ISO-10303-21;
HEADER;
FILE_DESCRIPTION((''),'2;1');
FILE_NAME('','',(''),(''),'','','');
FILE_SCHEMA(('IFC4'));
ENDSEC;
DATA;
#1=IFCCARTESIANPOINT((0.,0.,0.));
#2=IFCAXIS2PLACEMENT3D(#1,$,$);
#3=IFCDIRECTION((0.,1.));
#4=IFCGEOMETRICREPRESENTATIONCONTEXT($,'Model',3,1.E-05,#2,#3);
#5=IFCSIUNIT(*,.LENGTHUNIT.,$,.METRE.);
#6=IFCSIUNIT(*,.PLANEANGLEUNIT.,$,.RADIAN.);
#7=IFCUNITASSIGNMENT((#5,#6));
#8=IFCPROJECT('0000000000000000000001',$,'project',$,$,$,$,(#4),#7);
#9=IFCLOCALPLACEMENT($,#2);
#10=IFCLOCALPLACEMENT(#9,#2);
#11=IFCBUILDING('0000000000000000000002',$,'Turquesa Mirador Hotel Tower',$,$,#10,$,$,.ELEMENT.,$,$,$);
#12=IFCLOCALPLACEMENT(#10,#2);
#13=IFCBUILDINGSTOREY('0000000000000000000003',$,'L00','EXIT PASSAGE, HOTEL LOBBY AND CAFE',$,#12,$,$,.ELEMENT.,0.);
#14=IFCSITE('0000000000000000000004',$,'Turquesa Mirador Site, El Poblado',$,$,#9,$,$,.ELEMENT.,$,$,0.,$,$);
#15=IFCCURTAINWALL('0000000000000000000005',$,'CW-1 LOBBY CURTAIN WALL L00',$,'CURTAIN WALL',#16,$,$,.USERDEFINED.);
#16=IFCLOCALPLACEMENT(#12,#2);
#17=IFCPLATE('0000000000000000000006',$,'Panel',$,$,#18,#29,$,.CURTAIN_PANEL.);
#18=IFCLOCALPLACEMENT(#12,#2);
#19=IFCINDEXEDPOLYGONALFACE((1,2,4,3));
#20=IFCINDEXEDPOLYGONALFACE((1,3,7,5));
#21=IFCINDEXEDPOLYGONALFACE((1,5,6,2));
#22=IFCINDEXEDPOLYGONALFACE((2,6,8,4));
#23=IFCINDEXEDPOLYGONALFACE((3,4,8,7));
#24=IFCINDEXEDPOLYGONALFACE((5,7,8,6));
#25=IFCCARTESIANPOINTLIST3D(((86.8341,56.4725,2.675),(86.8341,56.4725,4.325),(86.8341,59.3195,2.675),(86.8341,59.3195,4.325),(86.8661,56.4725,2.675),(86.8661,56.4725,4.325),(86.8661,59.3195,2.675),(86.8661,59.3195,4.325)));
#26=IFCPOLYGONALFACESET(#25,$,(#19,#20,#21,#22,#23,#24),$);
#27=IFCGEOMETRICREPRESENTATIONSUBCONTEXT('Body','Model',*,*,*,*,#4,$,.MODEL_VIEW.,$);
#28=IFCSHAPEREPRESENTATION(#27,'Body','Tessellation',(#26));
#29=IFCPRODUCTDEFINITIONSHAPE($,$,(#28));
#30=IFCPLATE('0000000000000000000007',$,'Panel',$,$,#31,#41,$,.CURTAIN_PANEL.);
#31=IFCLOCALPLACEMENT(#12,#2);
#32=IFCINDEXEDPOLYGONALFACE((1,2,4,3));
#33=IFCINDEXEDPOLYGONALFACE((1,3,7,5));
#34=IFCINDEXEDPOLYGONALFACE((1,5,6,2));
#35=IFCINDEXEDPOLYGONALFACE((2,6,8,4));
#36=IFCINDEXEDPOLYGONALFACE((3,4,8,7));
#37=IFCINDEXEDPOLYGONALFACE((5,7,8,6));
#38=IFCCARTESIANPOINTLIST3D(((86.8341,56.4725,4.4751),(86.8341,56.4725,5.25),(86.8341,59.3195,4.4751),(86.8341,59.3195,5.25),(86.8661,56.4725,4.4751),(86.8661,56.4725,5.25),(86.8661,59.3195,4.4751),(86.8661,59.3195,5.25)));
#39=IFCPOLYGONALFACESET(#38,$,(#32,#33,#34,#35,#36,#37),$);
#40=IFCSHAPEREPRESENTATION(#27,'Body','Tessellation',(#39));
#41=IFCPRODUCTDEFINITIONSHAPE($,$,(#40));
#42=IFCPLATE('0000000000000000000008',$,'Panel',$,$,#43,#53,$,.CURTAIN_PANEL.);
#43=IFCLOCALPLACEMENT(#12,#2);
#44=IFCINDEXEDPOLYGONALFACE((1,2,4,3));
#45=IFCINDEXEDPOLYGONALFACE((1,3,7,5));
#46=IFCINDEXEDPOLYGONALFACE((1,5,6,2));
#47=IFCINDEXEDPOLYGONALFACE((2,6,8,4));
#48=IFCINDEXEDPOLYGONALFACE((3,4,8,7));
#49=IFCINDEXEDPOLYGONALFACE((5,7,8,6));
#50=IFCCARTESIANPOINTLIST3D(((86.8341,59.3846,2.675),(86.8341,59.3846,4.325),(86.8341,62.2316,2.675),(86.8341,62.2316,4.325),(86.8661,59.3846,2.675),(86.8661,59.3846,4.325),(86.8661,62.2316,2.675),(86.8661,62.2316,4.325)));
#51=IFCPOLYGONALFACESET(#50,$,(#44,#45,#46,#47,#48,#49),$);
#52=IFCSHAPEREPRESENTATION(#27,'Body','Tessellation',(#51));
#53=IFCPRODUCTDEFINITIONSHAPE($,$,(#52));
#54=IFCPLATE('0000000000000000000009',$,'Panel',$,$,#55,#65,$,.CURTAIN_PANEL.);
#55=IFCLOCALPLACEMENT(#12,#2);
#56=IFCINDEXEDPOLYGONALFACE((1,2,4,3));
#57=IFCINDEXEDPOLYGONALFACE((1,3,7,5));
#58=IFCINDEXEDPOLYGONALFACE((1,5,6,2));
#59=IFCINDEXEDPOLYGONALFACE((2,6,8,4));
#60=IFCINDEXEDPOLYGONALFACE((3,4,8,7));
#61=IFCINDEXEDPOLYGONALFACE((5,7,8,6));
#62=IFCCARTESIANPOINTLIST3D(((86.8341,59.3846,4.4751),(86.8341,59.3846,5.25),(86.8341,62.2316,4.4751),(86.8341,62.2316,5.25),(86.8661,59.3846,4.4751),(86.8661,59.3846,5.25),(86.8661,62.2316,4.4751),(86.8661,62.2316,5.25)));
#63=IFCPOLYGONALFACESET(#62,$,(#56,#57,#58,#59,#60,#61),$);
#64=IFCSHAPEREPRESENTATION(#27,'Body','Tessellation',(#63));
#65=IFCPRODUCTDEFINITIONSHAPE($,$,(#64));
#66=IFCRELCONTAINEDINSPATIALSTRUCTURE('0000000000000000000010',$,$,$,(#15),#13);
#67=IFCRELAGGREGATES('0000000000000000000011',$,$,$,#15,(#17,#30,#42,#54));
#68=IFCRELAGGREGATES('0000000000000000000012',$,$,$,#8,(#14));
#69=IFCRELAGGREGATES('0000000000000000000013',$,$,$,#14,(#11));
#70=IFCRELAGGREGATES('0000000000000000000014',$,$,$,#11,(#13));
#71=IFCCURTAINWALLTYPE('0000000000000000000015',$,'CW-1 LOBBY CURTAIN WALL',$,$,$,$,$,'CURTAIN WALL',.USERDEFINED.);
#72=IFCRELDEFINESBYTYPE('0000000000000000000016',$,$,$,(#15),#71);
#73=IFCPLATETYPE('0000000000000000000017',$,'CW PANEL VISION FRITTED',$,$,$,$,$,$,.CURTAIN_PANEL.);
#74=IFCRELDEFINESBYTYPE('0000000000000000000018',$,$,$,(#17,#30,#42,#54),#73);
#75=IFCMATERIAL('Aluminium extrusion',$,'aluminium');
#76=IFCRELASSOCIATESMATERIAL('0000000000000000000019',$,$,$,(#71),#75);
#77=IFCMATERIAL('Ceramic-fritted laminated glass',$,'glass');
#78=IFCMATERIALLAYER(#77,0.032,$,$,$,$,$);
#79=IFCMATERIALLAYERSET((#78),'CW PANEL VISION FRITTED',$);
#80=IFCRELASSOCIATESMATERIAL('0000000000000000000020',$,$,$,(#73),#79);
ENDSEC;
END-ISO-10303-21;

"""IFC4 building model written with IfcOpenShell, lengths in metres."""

from ifc_helpers import new_model, si_unit, direction, frame, origin, origin_2d, place, context, subcontext, project, spatial, rectangle, extrude, material, layer, layer_set, type_object, element, aggregate, save


model = new_model("IFC4")

# Units and contexts
model_context = context("Model", 3, precision=1e-05, world=origin(), true_north=direction((0.0, 1.0)))
body_context = subcontext(model_context, "Body", "Model", "MODEL_VIEW")
ifc_project = project(units=[si_unit("LENGTHUNIT", "METRE"), si_unit("PLANEANGLEUNIT", "RADIAN")], contexts=[model_context])

# Site, building, storey
site_placement = place(None, origin())
site = spatial("IfcSite", under=ifc_project, at=site_placement, Name="Turquesa Mirador Site, El Poblado", CompositionType="ELEMENT", RefElevation=0.0)
building_placement = place(site_placement, origin())
building = spatial("IfcBuilding", under=site, at=building_placement, Name="Turquesa Mirador Hotel Tower", CompositionType="ELEMENT")
storey_placement = place(building_placement, origin())
storey = spatial("IfcBuildingStorey", under=building, at=storey_placement, Name="L00", Description="EXIT PASSAGE, HOTEL LOBBY AND CAFE", CompositionType="ELEMENT", Elevation=0.0)

# Shared definitions
ifc_material_1 = material(Name="Aluminium extrusion", Category="aluminium")
curtain_wall_type = type_object("IfcCurtainWallType", Name="CW-1 LOBBY CURTAIN WALL", ElementType="CURTAIN WALL", PredefinedType="USERDEFINED", material=ifc_material_1)

# Curtain wall
curtain_wall_1_placement = place(storey_placement, origin())
curtain_wall_1 = element("IfcCurtainWall", 1, at=curtain_wall_1_placement, inside=storey, type_object=curtain_wall_type, Name="CW-1 LOBBY CURTAIN WALL L00", ObjectType="CURTAIN WALL", PredefinedType="USERDEFINED")

# Plates
ifc_material_2 = material(Name="Ceramic-fritted laminated glass", Category="glass")
ifc_layer_1 = layer(ifc_material_2, 0.032)
ifc_layer_set_1 = layer_set([ifc_layer_1], Name="CW PANEL VISION FRITTED")
plate_type_1 = type_object("IfcPlateType", Name="CW PANEL VISION FRITTED", PredefinedType="CURTAIN_PANEL", material=ifc_layer_set_1)
plate_1_placement = place(storey_placement, frame((86.8501, 57.896, 2.675), z_axis=(0.0, 0.0, 1.0), x_axis=(0.0, 1.0, 0.0)))
plate_1 = element("IfcPlate", 2, at=plate_1_placement, type_object=plate_type_1, Name="Panel", PredefinedType="CURTAIN_PANEL", context=body_context, shape_type="SweptSolid", body=[
    extrude(rectangle(XDim=2.8469, YDim=0.032, at=origin_2d()), origin(), (0.0, 0.0, 1.0), 1.6499),
])
plate_2_placement = place(storey_placement, frame((86.8501, 57.896, 4.4751), z_axis=(0.0, 0.0, 1.0), x_axis=(0.0, 1.0, 0.0)))
plate_2 = element("IfcPlate", 3, at=plate_2_placement, type_object=plate_type_1, Name="Panel", PredefinedType="CURTAIN_PANEL", context=body_context, shape_type="SweptSolid", body=[
    extrude(rectangle(XDim=2.8469, YDim=0.032, at=origin_2d()), origin(), (0.0, 0.0, 1.0), 0.7749),
])
plate_3_placement = place(storey_placement, frame((86.8501, 60.8081, 2.675), z_axis=(0.0, 0.0, 1.0), x_axis=(0.0, 1.0, 0.0)))
plate_3 = element("IfcPlate", 4, at=plate_3_placement, type_object=plate_type_1, Name="Panel", PredefinedType="CURTAIN_PANEL", context=body_context, shape_type="SweptSolid", body=[
    extrude(rectangle(XDim=2.8469, YDim=0.032, at=origin_2d()), origin(), (0.0, 0.0, 1.0), 1.6499),
])
plate_4_placement = place(storey_placement, frame((86.8501, 60.8081, 4.4751), z_axis=(0.0, 0.0, 1.0), x_axis=(0.0, 1.0, 0.0)))
plate_4 = element("IfcPlate", 5, at=plate_4_placement, type_object=plate_type_1, Name="Panel", PredefinedType="CURTAIN_PANEL", context=body_context, shape_type="SweptSolid", body=[
    extrude(rectangle(XDim=2.8469, YDim=0.032, at=origin_2d()), origin(), (0.0, 0.0, 1.0), 0.7749),
])
aggregate(curtain_wall_1, [plate_1, plate_2, plate_3, plate_4])

save(model, "model.ifc")
